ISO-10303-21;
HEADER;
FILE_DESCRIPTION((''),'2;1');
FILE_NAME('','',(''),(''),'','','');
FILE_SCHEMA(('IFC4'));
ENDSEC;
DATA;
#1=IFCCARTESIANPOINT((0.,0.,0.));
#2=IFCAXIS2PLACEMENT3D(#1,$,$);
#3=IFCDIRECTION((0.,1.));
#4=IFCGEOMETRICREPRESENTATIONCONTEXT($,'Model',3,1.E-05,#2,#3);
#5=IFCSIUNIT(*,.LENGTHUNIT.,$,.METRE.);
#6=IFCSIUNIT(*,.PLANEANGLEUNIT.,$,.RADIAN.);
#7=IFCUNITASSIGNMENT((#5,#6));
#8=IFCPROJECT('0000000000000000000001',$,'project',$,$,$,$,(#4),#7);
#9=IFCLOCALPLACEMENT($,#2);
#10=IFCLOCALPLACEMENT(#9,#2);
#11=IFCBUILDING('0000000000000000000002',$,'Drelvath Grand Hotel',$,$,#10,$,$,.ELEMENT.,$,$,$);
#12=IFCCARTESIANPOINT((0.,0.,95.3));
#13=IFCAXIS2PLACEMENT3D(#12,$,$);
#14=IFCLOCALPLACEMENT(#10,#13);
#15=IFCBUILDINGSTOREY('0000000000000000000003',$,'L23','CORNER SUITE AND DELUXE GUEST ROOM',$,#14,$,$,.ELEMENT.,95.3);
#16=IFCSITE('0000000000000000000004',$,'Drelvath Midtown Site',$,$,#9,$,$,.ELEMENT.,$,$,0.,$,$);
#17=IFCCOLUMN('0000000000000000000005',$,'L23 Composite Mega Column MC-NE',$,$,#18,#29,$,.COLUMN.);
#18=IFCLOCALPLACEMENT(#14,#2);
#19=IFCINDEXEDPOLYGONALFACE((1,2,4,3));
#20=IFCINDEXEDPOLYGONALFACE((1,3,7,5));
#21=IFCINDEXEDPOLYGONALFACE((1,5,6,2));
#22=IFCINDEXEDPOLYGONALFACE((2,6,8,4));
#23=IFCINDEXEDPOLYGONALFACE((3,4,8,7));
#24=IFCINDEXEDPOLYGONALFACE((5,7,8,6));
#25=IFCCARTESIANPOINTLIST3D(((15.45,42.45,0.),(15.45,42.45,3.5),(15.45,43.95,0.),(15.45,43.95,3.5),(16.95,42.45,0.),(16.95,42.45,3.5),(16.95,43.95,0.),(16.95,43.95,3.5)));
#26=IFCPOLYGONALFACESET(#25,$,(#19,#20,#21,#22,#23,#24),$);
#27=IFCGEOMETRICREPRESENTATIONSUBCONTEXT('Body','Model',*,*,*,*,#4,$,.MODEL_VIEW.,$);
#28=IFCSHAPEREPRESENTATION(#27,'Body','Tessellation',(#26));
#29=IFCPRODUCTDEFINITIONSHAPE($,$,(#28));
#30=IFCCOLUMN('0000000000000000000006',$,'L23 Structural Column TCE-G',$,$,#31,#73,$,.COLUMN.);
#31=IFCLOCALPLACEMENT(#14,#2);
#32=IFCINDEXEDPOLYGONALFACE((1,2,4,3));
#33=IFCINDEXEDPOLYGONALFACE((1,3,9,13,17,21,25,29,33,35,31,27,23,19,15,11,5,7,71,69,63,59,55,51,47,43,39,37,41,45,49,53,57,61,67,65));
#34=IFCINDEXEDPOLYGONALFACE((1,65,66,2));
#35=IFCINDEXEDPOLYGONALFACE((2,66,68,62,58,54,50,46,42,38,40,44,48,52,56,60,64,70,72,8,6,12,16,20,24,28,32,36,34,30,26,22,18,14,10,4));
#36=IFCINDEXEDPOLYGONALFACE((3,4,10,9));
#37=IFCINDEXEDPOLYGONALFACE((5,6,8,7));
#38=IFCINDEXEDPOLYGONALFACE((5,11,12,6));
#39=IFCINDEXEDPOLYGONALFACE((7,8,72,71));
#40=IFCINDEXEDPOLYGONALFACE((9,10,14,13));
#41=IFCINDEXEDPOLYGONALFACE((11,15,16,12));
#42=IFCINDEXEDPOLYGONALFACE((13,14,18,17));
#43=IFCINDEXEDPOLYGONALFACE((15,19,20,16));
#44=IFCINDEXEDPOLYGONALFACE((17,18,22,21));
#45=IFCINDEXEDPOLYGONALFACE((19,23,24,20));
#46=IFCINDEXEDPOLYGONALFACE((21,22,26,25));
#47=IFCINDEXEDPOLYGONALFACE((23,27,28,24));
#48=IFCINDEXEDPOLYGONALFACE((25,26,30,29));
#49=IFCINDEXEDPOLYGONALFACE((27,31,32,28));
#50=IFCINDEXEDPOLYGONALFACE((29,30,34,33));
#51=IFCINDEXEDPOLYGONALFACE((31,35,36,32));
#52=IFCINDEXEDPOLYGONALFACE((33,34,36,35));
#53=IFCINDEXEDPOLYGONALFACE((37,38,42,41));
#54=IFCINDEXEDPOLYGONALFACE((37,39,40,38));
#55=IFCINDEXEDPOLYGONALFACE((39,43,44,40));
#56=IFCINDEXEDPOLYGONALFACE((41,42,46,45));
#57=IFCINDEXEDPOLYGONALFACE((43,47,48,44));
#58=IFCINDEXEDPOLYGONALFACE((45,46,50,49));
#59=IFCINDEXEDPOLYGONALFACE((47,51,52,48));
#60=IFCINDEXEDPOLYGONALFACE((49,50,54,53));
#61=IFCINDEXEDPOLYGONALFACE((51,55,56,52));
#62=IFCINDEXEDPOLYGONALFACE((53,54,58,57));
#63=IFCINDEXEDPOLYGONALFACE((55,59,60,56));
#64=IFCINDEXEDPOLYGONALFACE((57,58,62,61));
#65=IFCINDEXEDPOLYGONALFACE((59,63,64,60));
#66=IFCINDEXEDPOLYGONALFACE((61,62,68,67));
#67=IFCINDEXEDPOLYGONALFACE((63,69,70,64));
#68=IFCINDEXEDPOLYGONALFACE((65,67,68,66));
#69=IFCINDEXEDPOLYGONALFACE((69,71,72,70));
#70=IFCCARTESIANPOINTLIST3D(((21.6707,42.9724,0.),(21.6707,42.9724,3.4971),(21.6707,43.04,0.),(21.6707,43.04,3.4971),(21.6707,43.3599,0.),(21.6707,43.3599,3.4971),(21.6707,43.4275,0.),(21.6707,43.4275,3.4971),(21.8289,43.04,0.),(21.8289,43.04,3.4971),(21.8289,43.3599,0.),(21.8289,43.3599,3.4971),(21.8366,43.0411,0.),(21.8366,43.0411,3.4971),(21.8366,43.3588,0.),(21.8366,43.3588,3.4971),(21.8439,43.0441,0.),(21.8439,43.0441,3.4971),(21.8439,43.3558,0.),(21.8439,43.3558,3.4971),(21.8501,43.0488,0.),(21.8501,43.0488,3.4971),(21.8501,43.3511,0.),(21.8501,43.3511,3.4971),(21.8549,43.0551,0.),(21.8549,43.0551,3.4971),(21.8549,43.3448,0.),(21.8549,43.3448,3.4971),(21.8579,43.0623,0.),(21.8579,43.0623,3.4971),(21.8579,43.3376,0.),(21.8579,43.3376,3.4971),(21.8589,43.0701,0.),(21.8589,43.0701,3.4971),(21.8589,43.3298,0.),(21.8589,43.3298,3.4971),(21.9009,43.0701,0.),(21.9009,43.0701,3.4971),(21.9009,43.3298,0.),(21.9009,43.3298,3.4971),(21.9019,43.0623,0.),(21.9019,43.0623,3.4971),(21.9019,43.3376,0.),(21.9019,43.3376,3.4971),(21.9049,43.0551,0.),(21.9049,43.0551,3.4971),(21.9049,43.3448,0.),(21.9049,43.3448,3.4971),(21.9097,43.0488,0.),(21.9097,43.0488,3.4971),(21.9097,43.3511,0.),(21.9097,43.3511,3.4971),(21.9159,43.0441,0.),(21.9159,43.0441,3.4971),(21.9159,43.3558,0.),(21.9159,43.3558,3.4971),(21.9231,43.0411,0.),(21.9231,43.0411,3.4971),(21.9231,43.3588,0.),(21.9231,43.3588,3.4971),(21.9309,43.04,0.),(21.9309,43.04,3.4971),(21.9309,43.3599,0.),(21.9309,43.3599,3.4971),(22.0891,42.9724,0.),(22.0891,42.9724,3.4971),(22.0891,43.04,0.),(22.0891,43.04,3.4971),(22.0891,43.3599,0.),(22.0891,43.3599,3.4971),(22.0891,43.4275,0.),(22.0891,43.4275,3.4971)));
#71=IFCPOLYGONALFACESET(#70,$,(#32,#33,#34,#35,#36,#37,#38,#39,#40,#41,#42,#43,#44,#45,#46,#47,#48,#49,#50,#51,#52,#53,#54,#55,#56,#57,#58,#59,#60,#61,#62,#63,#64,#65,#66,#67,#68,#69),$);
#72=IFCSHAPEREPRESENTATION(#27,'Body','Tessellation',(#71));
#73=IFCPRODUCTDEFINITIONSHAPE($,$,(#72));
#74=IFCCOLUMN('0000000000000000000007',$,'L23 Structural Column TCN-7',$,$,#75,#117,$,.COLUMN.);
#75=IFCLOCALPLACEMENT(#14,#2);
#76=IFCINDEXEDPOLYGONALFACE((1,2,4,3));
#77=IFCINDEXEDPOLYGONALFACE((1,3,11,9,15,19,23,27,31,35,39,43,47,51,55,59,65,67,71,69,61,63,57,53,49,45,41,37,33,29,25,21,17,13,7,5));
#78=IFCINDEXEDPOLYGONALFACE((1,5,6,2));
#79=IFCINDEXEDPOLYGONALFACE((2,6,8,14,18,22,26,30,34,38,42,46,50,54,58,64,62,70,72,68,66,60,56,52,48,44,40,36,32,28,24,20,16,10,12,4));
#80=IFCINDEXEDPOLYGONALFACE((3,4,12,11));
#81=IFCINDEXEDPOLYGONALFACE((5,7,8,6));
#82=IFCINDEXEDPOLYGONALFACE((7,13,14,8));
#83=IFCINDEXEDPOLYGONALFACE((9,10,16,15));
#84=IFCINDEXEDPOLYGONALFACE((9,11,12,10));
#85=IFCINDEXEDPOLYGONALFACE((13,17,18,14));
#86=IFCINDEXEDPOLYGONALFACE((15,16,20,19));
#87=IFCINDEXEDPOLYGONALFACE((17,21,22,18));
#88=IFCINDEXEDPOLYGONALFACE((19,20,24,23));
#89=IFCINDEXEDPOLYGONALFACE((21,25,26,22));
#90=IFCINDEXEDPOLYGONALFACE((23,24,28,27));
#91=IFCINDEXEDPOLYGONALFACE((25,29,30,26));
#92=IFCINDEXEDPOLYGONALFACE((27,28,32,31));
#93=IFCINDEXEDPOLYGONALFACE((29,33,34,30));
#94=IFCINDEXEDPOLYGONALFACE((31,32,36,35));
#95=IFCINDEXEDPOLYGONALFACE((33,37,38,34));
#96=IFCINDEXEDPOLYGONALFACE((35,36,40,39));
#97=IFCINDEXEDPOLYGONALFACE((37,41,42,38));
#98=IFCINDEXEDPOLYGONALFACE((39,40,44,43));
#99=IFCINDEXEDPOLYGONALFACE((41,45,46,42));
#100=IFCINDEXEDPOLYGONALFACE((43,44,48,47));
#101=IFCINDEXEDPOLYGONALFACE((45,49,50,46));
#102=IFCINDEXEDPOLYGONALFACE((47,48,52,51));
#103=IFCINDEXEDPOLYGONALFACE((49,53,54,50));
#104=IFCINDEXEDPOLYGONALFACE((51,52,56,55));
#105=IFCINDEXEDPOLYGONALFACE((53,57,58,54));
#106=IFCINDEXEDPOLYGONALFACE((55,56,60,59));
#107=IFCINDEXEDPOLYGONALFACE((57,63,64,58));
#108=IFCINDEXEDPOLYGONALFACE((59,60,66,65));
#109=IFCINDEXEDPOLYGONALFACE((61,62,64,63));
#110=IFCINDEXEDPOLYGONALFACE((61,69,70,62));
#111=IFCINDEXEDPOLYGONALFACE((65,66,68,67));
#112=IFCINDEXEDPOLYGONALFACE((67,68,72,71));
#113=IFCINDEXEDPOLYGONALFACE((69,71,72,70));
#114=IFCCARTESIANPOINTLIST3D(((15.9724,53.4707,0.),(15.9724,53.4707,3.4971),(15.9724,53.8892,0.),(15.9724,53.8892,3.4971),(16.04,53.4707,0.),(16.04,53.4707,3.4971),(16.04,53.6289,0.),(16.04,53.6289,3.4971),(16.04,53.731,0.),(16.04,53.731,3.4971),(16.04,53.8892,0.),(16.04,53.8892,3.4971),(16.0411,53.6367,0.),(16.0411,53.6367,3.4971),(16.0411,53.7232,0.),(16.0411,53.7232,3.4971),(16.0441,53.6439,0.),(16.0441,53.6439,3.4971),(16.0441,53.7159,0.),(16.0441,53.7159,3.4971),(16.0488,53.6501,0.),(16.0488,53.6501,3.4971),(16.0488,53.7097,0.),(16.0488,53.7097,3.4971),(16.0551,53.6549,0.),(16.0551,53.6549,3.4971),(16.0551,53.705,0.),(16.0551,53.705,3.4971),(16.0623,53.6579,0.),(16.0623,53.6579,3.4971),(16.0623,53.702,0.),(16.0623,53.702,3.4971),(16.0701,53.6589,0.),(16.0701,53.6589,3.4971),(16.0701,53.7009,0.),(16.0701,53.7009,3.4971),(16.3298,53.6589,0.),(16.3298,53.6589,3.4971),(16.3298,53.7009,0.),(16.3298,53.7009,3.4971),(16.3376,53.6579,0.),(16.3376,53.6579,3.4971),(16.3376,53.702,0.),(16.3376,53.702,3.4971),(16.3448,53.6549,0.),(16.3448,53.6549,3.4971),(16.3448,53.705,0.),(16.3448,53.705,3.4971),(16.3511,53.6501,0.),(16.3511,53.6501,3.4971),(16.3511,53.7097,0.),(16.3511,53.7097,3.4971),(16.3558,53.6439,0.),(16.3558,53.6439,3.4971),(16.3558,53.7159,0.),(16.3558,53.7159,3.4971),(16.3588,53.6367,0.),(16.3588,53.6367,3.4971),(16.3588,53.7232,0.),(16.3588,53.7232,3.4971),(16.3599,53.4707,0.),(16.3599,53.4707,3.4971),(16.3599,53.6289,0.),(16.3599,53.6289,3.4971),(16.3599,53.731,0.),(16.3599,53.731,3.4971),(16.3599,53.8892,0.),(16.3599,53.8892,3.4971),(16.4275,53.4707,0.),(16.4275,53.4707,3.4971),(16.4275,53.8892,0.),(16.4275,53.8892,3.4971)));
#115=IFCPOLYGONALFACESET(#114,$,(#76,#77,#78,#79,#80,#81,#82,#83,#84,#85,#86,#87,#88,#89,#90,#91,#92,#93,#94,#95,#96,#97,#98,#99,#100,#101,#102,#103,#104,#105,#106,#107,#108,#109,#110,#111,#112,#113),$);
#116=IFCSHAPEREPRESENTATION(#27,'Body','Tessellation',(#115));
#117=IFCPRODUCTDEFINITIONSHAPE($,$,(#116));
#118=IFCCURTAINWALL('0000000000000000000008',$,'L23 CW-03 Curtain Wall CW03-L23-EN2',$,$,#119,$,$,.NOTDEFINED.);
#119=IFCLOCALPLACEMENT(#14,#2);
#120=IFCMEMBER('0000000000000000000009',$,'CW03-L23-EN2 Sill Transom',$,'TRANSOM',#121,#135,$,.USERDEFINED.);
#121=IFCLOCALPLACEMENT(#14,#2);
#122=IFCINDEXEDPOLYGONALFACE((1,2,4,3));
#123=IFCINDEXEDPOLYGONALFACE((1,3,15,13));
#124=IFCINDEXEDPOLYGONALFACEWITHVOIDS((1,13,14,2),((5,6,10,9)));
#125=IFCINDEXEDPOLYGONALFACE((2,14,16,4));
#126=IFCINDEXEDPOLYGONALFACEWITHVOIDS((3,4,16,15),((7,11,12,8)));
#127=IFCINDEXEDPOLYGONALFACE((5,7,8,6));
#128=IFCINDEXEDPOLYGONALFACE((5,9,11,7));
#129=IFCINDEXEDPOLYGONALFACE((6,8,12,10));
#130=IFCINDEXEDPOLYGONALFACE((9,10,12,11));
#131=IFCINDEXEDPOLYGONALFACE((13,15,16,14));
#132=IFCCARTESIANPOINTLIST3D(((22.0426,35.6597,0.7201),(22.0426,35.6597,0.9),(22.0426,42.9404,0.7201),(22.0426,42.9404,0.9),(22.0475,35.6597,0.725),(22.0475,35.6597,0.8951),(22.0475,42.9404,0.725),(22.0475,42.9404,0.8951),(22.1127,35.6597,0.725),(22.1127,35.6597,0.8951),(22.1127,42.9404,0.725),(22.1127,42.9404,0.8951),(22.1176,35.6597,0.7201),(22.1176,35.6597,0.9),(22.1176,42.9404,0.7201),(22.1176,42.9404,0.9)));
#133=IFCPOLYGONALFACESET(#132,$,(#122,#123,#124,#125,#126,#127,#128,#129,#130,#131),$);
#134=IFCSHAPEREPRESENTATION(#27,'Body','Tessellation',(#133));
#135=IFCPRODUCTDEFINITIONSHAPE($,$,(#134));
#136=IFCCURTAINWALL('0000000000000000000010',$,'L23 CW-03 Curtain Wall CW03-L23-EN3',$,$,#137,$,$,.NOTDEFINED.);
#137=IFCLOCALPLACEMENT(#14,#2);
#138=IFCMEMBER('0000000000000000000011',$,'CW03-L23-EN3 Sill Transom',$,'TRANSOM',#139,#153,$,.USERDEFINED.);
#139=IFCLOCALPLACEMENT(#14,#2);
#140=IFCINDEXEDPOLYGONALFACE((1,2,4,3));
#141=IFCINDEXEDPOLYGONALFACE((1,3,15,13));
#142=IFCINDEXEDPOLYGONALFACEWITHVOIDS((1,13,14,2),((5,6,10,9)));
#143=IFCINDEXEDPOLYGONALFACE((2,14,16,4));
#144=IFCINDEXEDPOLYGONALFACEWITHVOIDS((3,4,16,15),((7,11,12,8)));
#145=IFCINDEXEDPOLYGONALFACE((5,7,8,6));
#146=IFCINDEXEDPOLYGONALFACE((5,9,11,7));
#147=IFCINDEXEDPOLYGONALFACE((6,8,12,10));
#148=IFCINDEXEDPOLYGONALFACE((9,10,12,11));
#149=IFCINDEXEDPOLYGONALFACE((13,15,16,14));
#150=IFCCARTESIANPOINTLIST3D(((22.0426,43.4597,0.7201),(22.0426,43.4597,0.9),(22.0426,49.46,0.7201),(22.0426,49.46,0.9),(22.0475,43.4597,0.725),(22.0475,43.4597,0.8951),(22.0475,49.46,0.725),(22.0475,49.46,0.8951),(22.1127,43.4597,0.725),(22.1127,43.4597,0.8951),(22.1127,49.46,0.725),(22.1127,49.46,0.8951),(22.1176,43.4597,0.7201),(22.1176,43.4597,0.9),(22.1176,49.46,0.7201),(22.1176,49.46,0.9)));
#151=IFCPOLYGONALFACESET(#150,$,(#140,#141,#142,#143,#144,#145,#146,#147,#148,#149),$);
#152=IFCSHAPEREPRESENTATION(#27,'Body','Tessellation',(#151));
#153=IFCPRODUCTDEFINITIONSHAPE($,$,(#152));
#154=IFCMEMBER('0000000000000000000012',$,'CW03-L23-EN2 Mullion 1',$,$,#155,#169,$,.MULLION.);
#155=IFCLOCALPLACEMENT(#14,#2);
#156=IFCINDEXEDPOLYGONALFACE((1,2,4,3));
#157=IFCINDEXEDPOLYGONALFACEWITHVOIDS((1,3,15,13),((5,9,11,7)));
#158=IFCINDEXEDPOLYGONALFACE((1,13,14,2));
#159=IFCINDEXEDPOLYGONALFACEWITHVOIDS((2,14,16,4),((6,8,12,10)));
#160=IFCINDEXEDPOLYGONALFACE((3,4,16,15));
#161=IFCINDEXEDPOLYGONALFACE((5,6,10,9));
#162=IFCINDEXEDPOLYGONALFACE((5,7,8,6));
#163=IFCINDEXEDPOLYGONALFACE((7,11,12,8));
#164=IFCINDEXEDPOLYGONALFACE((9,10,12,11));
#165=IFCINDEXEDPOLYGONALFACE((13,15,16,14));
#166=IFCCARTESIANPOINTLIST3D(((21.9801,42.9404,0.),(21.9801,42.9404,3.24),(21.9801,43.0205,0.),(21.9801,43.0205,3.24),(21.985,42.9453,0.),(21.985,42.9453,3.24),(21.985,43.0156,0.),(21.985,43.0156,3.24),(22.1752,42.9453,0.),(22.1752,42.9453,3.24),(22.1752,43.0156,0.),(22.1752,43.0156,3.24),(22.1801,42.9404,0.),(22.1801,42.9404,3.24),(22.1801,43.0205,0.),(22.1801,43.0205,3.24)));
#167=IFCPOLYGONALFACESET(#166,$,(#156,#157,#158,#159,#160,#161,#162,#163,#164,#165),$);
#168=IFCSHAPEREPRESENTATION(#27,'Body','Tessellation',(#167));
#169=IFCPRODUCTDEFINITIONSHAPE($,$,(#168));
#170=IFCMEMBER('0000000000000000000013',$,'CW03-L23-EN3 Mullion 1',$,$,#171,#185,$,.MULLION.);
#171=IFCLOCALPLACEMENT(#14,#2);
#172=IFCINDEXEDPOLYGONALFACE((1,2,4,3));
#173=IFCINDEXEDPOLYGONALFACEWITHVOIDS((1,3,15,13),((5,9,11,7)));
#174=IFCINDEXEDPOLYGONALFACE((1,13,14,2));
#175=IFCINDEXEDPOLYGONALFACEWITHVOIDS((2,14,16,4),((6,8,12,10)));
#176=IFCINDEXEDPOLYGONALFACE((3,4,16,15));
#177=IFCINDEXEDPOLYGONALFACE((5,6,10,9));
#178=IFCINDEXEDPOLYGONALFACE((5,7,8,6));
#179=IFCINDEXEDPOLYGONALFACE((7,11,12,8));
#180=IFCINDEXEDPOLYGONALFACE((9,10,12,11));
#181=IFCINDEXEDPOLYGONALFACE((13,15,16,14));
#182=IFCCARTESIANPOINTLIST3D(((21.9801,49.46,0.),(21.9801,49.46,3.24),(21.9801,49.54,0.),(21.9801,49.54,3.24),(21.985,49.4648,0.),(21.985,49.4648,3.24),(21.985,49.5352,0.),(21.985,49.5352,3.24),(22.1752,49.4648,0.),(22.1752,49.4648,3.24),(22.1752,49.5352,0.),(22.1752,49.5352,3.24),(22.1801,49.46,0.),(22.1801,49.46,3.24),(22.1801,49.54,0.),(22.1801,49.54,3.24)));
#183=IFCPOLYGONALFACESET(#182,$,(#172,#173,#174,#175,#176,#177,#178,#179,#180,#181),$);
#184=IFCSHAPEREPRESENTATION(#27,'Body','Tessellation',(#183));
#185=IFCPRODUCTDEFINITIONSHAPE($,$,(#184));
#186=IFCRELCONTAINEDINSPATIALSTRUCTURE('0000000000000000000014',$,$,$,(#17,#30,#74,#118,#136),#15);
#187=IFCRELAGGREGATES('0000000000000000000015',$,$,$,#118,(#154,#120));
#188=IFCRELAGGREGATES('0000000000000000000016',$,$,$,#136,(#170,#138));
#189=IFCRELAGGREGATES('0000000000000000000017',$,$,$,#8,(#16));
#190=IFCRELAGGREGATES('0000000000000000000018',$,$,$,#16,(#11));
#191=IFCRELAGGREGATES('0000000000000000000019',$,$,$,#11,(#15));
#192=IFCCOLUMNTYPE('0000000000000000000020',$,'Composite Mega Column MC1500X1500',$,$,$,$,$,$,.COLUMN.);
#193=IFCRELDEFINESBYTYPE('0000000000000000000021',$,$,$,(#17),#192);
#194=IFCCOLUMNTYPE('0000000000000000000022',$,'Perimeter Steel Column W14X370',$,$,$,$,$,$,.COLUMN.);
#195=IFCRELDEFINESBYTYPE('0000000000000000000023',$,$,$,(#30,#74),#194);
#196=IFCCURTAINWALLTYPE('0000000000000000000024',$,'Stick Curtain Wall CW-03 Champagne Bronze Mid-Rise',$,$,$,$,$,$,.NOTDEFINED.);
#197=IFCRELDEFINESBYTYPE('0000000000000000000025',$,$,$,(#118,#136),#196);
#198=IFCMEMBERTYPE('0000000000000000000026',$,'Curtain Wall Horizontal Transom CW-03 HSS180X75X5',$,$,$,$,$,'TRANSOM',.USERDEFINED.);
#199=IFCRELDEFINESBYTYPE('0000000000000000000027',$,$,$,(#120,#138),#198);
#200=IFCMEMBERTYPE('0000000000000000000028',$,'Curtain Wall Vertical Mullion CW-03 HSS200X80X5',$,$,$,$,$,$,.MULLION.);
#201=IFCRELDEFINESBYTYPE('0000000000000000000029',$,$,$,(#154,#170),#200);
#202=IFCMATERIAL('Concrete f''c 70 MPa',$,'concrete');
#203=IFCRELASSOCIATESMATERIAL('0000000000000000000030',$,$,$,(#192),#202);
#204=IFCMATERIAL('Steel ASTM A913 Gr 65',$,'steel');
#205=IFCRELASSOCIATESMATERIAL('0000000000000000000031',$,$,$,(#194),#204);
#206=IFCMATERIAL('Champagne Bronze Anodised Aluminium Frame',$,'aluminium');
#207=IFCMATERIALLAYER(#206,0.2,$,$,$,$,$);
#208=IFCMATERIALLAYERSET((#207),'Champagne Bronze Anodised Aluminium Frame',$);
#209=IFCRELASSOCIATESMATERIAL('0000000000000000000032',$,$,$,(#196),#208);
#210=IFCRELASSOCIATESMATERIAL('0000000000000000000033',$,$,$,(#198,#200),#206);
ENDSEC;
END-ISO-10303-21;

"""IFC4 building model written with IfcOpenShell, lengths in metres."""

from ifc_helpers import new_model, si_unit, direction, frame, origin, origin_2d, place, context, subcontext, project, spatial, rectangle, hollow_rectangle, i_section, extrude, material, layer, layer_set, material_profile, profile_set, type_object, element, aggregate, save


model = new_model("IFC4")

# Units and contexts
model_context = context("Model", 3, precision=1e-05, world=origin(), true_north=direction((0.0, 1.0)))
body_context = subcontext(model_context, "Body", "Model", "MODEL_VIEW")
ifc_project = project(units=[si_unit("LENGTHUNIT", "METRE"), si_unit("PLANEANGLEUNIT", "RADIAN")], contexts=[model_context])

# Site, building, storey
site_placement = place(None, origin())
site = spatial("IfcSite", under=ifc_project, at=site_placement, Name="Drelvath Midtown Site", CompositionType="ELEMENT", RefElevation=0.0)
building_placement = place(site_placement, origin())
building = spatial("IfcBuilding", under=site, at=building_placement, Name="Drelvath Grand Hotel", CompositionType="ELEMENT")
storey_placement = place(building_placement, frame((0.0, 0.0, 95.3)))
storey = spatial("IfcBuildingStorey", under=building, at=storey_placement, Name="L23", Description="CORNER SUITE AND DELUXE GUEST ROOM", CompositionType="ELEMENT", Elevation=95.3)

# Columns
ifc_material_1 = material(Name="Concrete f'c 70 MPa", Category="concrete")
ifc_material_profile_1 = material_profile(ifc_material_1, rectangle(XDim=1.5, YDim=1.5, at=origin_2d()), Name="MC1500X1500")
ifc_profile_set_1 = profile_set([ifc_material_profile_1], Name="Concrete f'c 70 MPa")
column_type_1 = type_object("IfcColumnType", Name="Composite Mega Column MC1500X1500", PredefinedType="COLUMN", material=ifc_profile_set_1)
column_placement = place(storey_placement, frame((16.2, 43.2, 0.0), z_axis=(0.0, 0.0, 1.0), x_axis=(1.0, 0.0, 0.0)))
element("IfcColumn", 1, at=column_placement, inside=storey, type_object=column_type_1, Name="L23 Composite Mega Column MC-NE", PredefinedType="COLUMN", context=body_context, shape_type="SweptSolid", body=[
    extrude(rectangle(XDim=1.5, YDim=1.5, at=origin_2d()), origin(), (0.0, 0.0, 1.0), 3.5),
])
ifc_material_2 = material(Name="Steel ASTM A913 Gr 65", Category="steel")
ifc_material_profile_2 = material_profile(ifc_material_2, i_section(OverallWidth=0.4185, OverallDepth=0.4551, WebThickness=0.042, FlangeThickness=0.0676, FilletRadius=0.03, at=origin_2d()), Name="W14X370")
ifc_profile_set_2 = profile_set([ifc_material_profile_2], Name="Steel ASTM A913 Gr 65")
column_type_2 = type_object("IfcColumnType", Name="Perimeter Steel Column W14X370", PredefinedType="COLUMN", material=ifc_profile_set_2)
for number, where, z_axis, x_axis, name in (
    (2, (21.8799, 43.2, 0.0), (0.0, 0.0, 1.0), (1.0, 0.0, 0.0), "L23 Structural Column TCE-G"),
    (3, (16.2, 53.6799, 0.0), (0.0, 0.0, 1.0), (0.0, 1.0, 0.0), "L23 Structural Column TCN-7"),
):
    element("IfcColumn", number, at=place(storey_placement, frame(where, z_axis=z_axis, x_axis=x_axis)), inside=storey, type_object=column_type_2, Name=name, PredefinedType="COLUMN", context=body_context, shape_type="SweptSolid", body=[
        extrude(i_section(OverallWidth=0.4185, OverallDepth=0.4551, WebThickness=0.042, FlangeThickness=0.0676, FilletRadius=0.03, at=origin_2d()), origin(), (0.0, 0.0, 1.0), 3.4971),
    ])

# Curtain walls, members
ifc_material_3 = material(Name="Champagne Bronze Anodised Aluminium Frame", Category="aluminium")
ifc_layer_1 = layer(ifc_material_3, 0.2)
ifc_layer_set_1 = layer_set([ifc_layer_1], Name="Champagne Bronze Anodised Aluminium Frame")
curtain_wall_type = type_object("IfcCurtainWallType", Name="Stick Curtain Wall CW-03 Champagne Bronze Mid-Rise", PredefinedType="NOTDEFINED", material=ifc_layer_set_1)
curtain_wall_1_placement = place(storey_placement, origin())
curtain_wall_1 = element("IfcCurtainWall", 4, at=curtain_wall_1_placement, inside=storey, type_object=curtain_wall_type, Name="L23 CW-03 Curtain Wall CW03-L23-EN2", PredefinedType="NOTDEFINED")
ifc_material_profile_3 = material_profile(ifc_material_3, hollow_rectangle(XDim=0.075, YDim=0.1799, WallThickness=0.0049, at=origin_2d()), Name="HSS180X75X5")
ifc_profile_set_3 = profile_set([ifc_material_profile_3], Name="Champagne Bronze Anodised Aluminium Frame")
member_type_1 = type_object("IfcMemberType", Name="Curtain Wall Horizontal Transom CW-03 HSS180X75X5", ElementType="TRANSOM", PredefinedType="USERDEFINED", material=ifc_profile_set_3)
member_1_placement = place(storey_placement, frame((22.0801, 42.9404, 0.8101), z_axis=(0.0, -1.0, 0.0), x_axis=(1.0, 0.0, 0.0)))
member_1 = element("IfcMember", 5, at=member_1_placement, type_object=member_type_1, Name="CW03-L23-EN2 Sill Transom", ObjectType="TRANSOM", PredefinedType="USERDEFINED", context=body_context, shape_type="SweptSolid", body=[
    extrude(hollow_rectangle(XDim=0.075, YDim=0.1799, WallThickness=0.0049, at=origin_2d()), origin(), (0.0, 0.0, 1.0), 7.2808),
])
curtain_wall_2_placement = place(storey_placement, origin())
curtain_wall_2 = element("IfcCurtainWall", 6, at=curtain_wall_2_placement, inside=storey, type_object=curtain_wall_type, Name="L23 CW-03 Curtain Wall CW03-L23-EN3", PredefinedType="NOTDEFINED")
member_2_placement = place(storey_placement, frame((22.0801, 49.46, 0.8101), z_axis=(0.0, -1.0, 0.0), x_axis=(1.0, 0.0, 0.0)))
member_2 = element("IfcMember", 7, at=member_2_placement, type_object=member_type_1, Name="CW03-L23-EN3 Sill Transom", ObjectType="TRANSOM", PredefinedType="USERDEFINED", context=body_context, shape_type="SweptSolid", body=[
    extrude(hollow_rectangle(XDim=0.075, YDim=0.1799, WallThickness=0.0049, at=origin_2d()), origin(), (0.0, 0.0, 1.0), 6.0002),
])

# Members
ifc_material_profile_4 = material_profile(ifc_material_3, hollow_rectangle(XDim=0.0801, YDim=0.2, WallThickness=0.0049, at=origin_2d()), Name="HSS200X80X5")
ifc_profile_set_4 = profile_set([ifc_material_profile_4], Name="Champagne Bronze Anodised Aluminium Frame")
member_type_2 = type_object("IfcMemberType", Name="Curtain Wall Vertical Mullion CW-03 HSS200X80X5", PredefinedType="MULLION", material=ifc_profile_set_4)
member_3_placement = place(storey_placement, frame((22.0801, 42.9805, 0.0), z_axis=(0.0, 0.0, 1.0), x_axis=(0.0, 1.0, 0.0)))
member_3 = element("IfcMember", 8, at=member_3_placement, type_object=member_type_2, Name="CW03-L23-EN2 Mullion 1", PredefinedType="MULLION", context=body_context, shape_type="SweptSolid", body=[
    extrude(hollow_rectangle(XDim=0.0801, YDim=0.2, WallThickness=0.0049, at=origin_2d()), origin(), (0.0, 0.0, 1.0), 3.24),
])
member_4_placement = place(storey_placement, frame((22.0801, 49.5, 0.0), z_axis=(0.0, 0.0, 1.0), x_axis=(0.0, 1.0, 0.0)))
member_4 = element("IfcMember", 9, at=member_4_placement, type_object=member_type_2, Name="CW03-L23-EN3 Mullion 1", PredefinedType="MULLION", context=body_context, shape_type="SweptSolid", body=[
    extrude(hollow_rectangle(XDim=0.0801, YDim=0.2, WallThickness=0.0049, at=origin_2d()), origin(), (0.0, 0.0, 1.0), 3.24),
])

aggregate(curtain_wall_1, [member_3, member_1])
aggregate(curtain_wall_2, [member_4, member_2])

save(model, "model.ifc")
